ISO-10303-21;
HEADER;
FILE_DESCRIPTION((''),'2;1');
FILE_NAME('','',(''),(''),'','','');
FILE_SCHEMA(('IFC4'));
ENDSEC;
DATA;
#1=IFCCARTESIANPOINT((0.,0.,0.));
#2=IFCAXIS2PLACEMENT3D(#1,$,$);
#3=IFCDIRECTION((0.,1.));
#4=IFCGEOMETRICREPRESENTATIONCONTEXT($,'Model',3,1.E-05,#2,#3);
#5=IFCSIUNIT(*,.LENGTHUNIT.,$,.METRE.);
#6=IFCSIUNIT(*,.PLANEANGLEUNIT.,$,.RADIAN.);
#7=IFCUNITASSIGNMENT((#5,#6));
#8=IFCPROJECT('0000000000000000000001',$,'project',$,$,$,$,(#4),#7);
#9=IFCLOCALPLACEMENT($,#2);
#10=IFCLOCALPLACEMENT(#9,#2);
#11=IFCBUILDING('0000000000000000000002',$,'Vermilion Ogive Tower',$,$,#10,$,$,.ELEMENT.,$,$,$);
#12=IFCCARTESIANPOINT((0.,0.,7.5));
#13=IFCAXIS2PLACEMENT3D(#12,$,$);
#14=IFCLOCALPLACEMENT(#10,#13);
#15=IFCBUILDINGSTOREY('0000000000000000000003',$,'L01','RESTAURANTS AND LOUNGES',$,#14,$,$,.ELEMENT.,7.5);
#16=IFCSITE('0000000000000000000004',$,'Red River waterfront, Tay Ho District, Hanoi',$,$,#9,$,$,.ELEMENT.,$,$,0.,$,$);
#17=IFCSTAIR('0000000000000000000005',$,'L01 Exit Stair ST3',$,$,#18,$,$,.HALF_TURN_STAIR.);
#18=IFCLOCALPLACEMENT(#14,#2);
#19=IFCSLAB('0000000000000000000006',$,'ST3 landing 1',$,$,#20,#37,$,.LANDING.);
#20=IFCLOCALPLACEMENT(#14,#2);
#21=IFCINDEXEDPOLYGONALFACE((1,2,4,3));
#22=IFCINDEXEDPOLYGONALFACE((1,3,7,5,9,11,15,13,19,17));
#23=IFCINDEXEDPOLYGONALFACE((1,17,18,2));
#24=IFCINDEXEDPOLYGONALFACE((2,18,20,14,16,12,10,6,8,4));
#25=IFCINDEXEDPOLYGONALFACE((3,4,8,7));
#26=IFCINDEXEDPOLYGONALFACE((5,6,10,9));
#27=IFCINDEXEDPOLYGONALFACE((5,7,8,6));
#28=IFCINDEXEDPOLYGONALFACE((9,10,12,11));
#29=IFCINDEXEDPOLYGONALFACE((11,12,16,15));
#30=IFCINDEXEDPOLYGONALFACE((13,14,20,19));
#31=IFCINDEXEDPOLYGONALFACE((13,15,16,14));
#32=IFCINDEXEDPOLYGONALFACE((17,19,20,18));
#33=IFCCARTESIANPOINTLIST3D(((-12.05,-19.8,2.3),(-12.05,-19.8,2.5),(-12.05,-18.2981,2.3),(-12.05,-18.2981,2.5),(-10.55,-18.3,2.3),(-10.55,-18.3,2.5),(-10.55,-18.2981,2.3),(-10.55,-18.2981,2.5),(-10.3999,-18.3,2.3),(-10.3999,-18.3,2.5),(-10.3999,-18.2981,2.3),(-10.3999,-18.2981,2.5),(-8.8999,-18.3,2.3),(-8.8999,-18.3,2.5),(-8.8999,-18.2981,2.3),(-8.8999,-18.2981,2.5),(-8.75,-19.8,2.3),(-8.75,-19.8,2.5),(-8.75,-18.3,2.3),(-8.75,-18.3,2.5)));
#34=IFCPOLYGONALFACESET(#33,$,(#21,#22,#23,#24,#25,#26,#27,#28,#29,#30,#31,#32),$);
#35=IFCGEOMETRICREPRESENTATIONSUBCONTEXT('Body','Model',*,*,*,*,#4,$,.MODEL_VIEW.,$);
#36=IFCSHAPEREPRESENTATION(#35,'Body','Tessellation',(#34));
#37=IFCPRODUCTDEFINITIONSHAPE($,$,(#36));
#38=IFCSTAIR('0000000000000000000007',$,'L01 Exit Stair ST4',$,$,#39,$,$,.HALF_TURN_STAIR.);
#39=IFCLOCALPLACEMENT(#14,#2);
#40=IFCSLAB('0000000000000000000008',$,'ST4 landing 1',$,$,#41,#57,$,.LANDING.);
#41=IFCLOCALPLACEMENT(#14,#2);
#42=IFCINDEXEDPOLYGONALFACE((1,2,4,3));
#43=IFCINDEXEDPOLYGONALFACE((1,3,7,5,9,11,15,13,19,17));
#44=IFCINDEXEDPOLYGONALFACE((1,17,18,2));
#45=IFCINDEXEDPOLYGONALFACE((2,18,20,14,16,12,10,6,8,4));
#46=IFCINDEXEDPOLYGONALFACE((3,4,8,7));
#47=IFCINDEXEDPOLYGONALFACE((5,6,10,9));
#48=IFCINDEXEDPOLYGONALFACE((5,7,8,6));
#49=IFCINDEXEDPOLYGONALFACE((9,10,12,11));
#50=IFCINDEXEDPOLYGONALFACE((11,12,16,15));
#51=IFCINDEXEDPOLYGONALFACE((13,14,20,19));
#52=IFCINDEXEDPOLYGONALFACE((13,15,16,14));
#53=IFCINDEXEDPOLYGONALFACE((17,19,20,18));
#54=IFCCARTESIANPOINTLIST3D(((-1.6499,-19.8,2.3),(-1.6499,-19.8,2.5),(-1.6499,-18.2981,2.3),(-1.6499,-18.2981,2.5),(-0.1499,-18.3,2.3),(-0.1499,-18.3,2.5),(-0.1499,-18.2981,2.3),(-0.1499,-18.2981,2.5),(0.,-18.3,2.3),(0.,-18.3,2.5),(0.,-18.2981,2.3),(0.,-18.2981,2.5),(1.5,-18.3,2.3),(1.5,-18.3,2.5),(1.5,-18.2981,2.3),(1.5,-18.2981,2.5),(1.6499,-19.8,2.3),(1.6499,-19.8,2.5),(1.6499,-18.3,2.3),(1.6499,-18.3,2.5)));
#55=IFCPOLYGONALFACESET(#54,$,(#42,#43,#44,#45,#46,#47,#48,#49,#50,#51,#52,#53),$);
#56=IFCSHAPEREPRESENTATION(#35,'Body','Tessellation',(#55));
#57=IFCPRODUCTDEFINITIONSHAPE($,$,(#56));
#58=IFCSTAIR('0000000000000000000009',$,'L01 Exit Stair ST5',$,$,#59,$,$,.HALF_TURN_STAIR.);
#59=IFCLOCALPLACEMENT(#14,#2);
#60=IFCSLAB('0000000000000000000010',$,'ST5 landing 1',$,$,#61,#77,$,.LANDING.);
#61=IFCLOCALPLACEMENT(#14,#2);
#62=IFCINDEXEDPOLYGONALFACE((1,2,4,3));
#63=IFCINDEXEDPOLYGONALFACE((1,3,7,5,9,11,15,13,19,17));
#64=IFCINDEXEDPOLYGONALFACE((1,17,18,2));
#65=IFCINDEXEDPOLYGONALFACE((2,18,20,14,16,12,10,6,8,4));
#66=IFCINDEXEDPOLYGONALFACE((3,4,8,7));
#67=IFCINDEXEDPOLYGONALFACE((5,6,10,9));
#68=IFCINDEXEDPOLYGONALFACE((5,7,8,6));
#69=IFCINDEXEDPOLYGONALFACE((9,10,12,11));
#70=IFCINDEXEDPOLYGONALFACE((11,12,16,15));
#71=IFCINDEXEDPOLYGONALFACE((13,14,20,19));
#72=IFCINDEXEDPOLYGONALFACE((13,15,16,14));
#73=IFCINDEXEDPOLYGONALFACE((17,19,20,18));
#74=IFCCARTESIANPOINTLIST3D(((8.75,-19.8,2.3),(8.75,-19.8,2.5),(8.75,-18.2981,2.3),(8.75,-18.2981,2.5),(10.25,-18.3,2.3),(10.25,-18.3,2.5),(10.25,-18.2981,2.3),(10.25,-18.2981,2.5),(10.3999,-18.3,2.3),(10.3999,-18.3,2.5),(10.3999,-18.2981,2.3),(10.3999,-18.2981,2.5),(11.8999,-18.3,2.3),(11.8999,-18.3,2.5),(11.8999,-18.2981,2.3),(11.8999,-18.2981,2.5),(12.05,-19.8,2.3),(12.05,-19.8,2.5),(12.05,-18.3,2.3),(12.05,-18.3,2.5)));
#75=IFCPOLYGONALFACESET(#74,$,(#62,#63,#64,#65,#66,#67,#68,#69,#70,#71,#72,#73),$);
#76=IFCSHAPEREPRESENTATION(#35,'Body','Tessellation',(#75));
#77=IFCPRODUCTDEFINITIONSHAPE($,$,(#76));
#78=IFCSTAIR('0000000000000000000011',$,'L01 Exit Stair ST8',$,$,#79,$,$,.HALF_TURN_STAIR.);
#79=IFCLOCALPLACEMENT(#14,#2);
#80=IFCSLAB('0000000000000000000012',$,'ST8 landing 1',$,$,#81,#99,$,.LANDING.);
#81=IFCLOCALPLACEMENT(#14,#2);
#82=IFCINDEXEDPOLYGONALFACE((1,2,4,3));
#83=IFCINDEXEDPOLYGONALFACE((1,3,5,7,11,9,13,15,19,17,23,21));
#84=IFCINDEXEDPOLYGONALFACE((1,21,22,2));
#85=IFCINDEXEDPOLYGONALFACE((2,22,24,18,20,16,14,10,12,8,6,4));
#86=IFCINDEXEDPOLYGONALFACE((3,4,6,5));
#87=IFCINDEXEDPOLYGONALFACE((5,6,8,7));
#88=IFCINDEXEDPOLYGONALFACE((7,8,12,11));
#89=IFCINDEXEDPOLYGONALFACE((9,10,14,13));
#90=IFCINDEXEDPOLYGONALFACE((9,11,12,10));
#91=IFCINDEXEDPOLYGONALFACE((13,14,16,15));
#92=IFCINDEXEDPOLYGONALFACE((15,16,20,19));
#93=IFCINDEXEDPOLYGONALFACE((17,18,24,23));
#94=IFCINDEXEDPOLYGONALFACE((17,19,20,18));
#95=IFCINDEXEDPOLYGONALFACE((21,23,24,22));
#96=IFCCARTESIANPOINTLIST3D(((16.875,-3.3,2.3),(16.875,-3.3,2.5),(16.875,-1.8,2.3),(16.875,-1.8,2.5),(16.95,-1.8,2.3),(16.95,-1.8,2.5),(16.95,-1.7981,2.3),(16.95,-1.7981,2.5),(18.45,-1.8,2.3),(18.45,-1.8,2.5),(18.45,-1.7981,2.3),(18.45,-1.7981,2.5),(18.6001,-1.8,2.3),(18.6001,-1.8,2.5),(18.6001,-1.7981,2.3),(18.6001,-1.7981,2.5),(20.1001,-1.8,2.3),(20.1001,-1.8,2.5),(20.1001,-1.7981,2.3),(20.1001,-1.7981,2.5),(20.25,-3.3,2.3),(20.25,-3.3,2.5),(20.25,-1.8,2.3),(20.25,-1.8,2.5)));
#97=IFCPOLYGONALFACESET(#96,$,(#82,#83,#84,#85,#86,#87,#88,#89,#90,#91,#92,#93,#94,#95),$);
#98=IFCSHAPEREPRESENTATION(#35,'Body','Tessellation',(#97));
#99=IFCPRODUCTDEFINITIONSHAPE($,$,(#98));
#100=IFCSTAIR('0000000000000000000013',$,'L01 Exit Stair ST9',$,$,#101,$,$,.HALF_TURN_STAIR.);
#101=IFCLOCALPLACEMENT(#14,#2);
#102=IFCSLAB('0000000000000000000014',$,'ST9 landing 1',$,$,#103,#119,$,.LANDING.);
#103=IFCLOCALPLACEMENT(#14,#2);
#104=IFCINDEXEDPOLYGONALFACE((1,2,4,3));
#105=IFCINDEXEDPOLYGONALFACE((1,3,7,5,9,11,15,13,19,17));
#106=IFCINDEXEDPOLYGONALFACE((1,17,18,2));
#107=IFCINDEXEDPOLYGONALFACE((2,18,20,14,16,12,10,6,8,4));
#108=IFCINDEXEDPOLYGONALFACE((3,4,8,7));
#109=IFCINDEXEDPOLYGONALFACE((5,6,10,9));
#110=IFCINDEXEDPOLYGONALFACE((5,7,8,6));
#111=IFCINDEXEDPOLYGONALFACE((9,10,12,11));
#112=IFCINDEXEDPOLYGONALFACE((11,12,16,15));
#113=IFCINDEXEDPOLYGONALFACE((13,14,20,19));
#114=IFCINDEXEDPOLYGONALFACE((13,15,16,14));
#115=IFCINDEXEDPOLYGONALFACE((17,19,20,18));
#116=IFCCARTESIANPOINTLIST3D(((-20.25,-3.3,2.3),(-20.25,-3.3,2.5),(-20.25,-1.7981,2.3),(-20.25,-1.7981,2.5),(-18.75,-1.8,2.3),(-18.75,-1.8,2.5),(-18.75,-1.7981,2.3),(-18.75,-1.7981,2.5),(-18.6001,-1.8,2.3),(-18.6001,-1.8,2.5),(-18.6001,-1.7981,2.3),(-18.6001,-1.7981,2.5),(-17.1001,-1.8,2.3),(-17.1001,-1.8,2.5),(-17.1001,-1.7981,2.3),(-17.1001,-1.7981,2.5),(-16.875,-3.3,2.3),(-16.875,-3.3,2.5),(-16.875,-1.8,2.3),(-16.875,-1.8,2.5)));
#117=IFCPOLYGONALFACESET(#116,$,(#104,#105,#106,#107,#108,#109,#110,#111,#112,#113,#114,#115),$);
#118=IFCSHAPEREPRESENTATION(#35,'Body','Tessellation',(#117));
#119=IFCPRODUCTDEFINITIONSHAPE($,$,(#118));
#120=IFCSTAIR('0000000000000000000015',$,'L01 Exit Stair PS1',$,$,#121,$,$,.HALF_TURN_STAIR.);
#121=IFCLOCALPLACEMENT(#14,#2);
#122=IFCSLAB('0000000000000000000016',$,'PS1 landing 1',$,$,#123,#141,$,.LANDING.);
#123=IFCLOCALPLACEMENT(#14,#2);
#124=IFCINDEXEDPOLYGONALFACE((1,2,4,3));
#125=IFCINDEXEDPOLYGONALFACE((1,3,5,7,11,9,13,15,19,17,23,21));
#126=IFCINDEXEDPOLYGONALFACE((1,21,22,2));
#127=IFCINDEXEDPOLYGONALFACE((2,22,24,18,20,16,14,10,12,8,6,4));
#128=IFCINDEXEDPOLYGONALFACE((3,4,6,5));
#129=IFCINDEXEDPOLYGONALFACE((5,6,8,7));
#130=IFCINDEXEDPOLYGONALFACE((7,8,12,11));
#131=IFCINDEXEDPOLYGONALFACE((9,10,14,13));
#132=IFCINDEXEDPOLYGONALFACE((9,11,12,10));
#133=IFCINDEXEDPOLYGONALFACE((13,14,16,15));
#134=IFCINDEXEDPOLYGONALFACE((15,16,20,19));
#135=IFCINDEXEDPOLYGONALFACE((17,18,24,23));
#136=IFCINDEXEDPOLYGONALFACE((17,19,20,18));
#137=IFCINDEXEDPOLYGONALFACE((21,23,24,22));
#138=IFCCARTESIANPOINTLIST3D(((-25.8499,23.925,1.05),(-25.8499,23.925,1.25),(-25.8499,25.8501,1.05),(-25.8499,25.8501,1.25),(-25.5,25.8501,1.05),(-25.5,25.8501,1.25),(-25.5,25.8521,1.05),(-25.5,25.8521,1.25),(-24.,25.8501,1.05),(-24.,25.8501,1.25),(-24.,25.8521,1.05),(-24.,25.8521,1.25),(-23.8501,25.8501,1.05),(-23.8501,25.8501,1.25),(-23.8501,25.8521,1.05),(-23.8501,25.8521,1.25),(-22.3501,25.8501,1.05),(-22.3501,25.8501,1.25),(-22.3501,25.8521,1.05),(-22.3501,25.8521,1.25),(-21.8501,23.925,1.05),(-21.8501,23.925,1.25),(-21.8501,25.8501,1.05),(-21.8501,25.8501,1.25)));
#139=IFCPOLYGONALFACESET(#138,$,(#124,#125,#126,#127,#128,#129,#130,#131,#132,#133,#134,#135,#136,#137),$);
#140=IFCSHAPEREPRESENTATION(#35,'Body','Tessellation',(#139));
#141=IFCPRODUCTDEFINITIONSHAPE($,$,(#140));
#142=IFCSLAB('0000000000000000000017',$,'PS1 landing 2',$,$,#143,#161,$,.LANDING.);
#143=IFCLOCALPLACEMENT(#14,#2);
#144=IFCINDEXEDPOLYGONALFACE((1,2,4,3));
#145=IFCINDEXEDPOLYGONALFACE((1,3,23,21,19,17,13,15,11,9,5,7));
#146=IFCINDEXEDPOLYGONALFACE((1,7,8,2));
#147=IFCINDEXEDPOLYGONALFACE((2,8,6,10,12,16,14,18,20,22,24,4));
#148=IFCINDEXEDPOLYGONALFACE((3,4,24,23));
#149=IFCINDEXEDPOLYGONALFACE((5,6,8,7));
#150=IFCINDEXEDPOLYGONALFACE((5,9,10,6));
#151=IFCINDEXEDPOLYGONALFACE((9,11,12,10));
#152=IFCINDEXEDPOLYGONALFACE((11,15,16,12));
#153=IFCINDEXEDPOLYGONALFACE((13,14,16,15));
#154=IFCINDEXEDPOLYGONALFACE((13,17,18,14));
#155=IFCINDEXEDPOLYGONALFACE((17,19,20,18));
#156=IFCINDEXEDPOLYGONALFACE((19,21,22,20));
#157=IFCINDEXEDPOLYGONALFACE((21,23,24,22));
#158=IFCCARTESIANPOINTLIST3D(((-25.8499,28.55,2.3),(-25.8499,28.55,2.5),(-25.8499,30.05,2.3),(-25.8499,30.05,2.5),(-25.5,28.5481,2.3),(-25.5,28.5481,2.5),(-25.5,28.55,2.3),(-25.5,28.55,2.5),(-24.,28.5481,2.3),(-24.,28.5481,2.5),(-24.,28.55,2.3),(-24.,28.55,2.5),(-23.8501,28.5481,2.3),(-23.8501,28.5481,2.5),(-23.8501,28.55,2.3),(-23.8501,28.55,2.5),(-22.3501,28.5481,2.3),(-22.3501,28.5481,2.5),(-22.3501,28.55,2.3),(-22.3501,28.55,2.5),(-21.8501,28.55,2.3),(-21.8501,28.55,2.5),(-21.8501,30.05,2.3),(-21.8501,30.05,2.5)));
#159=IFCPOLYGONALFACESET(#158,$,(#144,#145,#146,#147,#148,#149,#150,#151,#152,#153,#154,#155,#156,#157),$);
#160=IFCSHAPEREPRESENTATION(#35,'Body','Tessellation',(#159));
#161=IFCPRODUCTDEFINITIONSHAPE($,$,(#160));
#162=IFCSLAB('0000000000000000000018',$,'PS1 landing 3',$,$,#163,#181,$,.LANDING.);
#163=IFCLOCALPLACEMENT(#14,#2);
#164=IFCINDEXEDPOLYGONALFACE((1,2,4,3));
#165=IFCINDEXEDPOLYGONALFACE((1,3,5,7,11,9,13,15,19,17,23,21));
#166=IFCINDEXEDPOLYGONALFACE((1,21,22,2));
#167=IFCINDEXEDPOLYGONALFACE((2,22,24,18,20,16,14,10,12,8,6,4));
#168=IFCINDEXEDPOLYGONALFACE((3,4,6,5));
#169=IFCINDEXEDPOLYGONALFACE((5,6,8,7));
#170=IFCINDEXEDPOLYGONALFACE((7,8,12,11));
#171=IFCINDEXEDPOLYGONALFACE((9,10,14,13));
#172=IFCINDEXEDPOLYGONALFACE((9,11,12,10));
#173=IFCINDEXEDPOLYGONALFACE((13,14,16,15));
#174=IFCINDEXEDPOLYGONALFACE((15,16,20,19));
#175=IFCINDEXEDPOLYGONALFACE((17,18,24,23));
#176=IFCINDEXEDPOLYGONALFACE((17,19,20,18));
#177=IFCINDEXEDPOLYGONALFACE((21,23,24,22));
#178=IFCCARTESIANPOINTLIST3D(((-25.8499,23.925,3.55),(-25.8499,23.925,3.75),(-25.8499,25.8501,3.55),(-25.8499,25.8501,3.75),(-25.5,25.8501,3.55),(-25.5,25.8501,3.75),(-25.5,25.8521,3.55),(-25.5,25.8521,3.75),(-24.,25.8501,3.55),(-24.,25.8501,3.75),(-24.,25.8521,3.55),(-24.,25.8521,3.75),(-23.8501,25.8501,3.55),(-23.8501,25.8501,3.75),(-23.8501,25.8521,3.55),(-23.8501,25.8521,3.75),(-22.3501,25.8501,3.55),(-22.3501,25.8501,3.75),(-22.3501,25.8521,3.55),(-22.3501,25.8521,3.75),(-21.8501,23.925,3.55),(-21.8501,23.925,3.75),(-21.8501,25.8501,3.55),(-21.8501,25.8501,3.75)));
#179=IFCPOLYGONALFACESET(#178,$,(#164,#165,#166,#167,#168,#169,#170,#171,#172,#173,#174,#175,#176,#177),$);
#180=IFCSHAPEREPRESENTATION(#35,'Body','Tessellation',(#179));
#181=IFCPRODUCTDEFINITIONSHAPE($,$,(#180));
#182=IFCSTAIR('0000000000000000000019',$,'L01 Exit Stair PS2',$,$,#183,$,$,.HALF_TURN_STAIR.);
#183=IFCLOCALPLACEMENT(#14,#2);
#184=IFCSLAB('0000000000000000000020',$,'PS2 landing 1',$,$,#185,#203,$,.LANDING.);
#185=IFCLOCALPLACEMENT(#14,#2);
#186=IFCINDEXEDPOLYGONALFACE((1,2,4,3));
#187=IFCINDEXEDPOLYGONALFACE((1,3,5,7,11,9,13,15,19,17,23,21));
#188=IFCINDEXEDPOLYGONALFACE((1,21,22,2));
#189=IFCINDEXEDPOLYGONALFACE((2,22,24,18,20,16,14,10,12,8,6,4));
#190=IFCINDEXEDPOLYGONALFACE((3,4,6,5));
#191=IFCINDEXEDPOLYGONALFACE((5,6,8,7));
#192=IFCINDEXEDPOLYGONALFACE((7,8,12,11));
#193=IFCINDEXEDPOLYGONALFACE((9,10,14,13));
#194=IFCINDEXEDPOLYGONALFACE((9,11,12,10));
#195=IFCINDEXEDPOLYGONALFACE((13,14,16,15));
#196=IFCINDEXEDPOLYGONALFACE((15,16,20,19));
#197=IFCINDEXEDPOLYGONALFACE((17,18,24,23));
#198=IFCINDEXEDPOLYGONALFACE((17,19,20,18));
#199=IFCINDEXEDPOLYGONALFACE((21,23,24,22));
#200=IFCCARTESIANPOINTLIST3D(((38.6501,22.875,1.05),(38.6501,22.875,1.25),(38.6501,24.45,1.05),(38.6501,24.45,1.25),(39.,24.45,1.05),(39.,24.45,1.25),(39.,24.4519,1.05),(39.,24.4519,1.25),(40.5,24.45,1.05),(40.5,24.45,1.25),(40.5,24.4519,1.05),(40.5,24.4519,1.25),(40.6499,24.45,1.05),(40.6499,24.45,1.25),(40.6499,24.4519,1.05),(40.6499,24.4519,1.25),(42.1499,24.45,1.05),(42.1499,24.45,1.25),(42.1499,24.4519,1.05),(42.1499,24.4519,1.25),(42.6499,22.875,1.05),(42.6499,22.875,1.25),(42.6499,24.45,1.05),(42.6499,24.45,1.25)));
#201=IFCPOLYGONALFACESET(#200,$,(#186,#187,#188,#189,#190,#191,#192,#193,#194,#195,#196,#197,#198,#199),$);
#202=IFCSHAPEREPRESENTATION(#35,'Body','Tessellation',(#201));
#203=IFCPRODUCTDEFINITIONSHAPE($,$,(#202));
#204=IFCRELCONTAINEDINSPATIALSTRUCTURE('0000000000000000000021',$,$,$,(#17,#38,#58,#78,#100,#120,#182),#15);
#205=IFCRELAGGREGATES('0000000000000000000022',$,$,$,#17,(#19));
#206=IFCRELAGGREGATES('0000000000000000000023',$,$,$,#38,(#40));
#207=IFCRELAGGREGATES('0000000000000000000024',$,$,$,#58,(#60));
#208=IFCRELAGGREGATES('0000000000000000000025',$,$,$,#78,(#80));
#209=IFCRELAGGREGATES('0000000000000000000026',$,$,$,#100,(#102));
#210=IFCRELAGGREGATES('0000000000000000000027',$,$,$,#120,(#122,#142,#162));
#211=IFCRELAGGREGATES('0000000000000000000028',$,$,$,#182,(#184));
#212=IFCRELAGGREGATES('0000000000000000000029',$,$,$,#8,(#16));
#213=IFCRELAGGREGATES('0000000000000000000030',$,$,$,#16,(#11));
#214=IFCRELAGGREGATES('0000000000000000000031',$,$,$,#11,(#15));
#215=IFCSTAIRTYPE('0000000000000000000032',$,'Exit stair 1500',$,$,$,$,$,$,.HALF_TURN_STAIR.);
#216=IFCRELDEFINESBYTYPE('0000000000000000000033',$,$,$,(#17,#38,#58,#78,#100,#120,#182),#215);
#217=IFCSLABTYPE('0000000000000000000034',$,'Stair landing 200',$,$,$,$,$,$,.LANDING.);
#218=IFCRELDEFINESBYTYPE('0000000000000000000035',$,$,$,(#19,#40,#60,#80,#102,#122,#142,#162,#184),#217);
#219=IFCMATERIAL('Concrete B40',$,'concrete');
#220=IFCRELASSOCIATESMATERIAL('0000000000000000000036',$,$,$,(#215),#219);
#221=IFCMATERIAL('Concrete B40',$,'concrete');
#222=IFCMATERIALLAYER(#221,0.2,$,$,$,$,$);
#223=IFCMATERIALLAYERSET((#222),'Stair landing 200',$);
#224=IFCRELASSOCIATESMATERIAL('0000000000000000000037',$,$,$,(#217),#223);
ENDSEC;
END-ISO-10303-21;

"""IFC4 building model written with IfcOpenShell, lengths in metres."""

from ifc_helpers import new_model, si_unit, direction, frame, origin, place, context, subcontext, project, spatial, polyline, outline, extrude, material, layer, layer_set, type_object, element, aggregate, save


model = new_model("IFC4")

# Units and contexts
model_context = context("Model", 3, precision=1e-05, world=origin(), true_north=direction((0.0, 1.0)))
body_context = subcontext(model_context, "Body", "Model", "MODEL_VIEW")
ifc_project = project(units=[si_unit("LENGTHUNIT", "METRE"), si_unit("PLANEANGLEUNIT", "RADIAN")], contexts=[model_context])

# Site, building, storey
site_placement = place(None, origin())
site = spatial("IfcSite", under=ifc_project, at=site_placement, Name="Red River waterfront, Tay Ho District, Hanoi", CompositionType="ELEMENT", RefElevation=0.0)
building_placement = place(site_placement, origin())
building = spatial("IfcBuilding", under=site, at=building_placement, Name="Vermilion Ogive Tower", CompositionType="ELEMENT")
storey_placement = place(building_placement, frame((0.0, 0.0, 7.5)))
storey = spatial("IfcBuildingStorey", under=building, at=storey_placement, Name="L01", Description="RESTAURANTS AND LOUNGES", CompositionType="ELEMENT", Elevation=7.5)

# Stairs, slabs
ifc_material_1 = material(Name="Concrete B40", Category="concrete")
stair_type = type_object("IfcStairType", Name="Exit stair 1500", PredefinedType="HALF_TURN_STAIR", material=ifc_material_1)
stair_1_placement = place(storey_placement, origin())
stair_1 = element("IfcStair", 1, at=stair_1_placement, inside=storey, type_object=stair_type, Name="L01 Exit Stair ST3", PredefinedType="HALF_TURN_STAIR")
ifc_material_2 = material(Name="Concrete B40", Category="concrete")
ifc_layer_1 = layer(ifc_material_2, 0.2)
ifc_layer_set_1 = layer_set([ifc_layer_1], Name="Stair landing 200")
slab_type = type_object("IfcSlabType", Name="Stair landing 200", PredefinedType="LANDING", material=ifc_layer_set_1)
slab_1_placement = place(storey_placement, frame((0.0, 0.0, 2.3)))
slab_1 = element("IfcSlab", 2, at=slab_1_placement, type_object=slab_type, Name="ST3 landing 1", PredefinedType="LANDING", context=body_context, shape_type="SweptSolid", body=[
    extrude(outline(polyline([(-8.75, -18.3), (-8.8999, -18.3), (-8.8999, -18.2981), (-10.3999, -18.2981), (-10.3999, -18.3), (-10.55, -18.3), (-10.55, -18.2981), (-12.05, -18.2981), (-12.05, -19.8), (-8.75, -19.8), (-8.75, -18.3)])), origin(), (0.0, 0.0, 1.0), 0.2),
])
aggregate(stair_1, [slab_1])
stair_2_placement = place(storey_placement, origin())
stair_2 = element("IfcStair", 3, at=stair_2_placement, inside=storey, type_object=stair_type, Name="L01 Exit Stair ST4", PredefinedType="HALF_TURN_STAIR")
slab_2_placement = place(storey_placement, frame((0.0, 0.0, 2.3)))
slab_2 = element("IfcSlab", 4, at=slab_2_placement, type_object=slab_type, Name="ST4 landing 1", PredefinedType="LANDING", context=body_context, shape_type="SweptSolid", body=[
    extrude(outline(polyline([(1.6499, -18.3), (1.5, -18.3), (1.5, -18.2981), (0.0, -18.2981), (0.0, -18.3), (-0.1499, -18.3), (-0.1499, -18.2981), (-1.6499, -18.2981), (-1.6499, -19.8), (1.6499, -19.8), (1.6499, -18.3)])), origin(), (0.0, 0.0, 1.0), 0.2),
])
aggregate(stair_2, [slab_2])
stair_3_placement = place(storey_placement, origin())
stair_3 = element("IfcStair", 5, at=stair_3_placement, inside=storey, type_object=stair_type, Name="L01 Exit Stair ST5", PredefinedType="HALF_TURN_STAIR")
slab_3_placement = place(storey_placement, frame((0.0, 0.0, 2.3)))
slab_3 = element("IfcSlab", 6, at=slab_3_placement, type_object=slab_type, Name="ST5 landing 1", PredefinedType="LANDING", context=body_context, shape_type="SweptSolid", body=[
    extrude(outline(polyline([(12.05, -18.3), (11.8999, -18.3), (11.8999, -18.2981), (10.3999, -18.2981), (10.3999, -18.3), (10.25, -18.3), (10.25, -18.2981), (8.75, -18.2981), (8.75, -19.8), (12.05, -19.8), (12.05, -18.3)])), origin(), (0.0, 0.0, 1.0), 0.2),
])
aggregate(stair_3, [slab_3])
stair_4_placement = place(storey_placement, origin())
stair_4 = element("IfcStair", 7, at=stair_4_placement, inside=storey, type_object=stair_type, Name="L01 Exit Stair ST8", PredefinedType="HALF_TURN_STAIR")
slab_4_placement = place(storey_placement, frame((0.0, 0.0, 2.3)))
slab_4 = element("IfcSlab", 8, at=slab_4_placement, type_object=slab_type, Name="ST8 landing 1", PredefinedType="LANDING", context=body_context, shape_type="SweptSolid", body=[
    extrude(outline(polyline([(20.25, -1.8), (20.1001, -1.8), (20.1001, -1.7981), (18.6001, -1.7981), (18.6001, -1.8), (18.45, -1.8), (18.45, -1.7981), (16.95, -1.7981), (16.95, -1.8), (16.875, -1.8), (16.875, -3.3), (20.25, -3.3), (20.25, -1.8)])), origin(), (0.0, 0.0, 1.0), 0.2),
])
aggregate(stair_4, [slab_4])
stair_5_placement = place(storey_placement, origin())
stair_5 = element("IfcStair", 9, at=stair_5_placement, inside=storey, type_object=stair_type, Name="L01 Exit Stair ST9", PredefinedType="HALF_TURN_STAIR")
slab_5_placement = place(storey_placement, frame((0.0, 0.0, 2.3)))
slab_5 = element("IfcSlab", 10, at=slab_5_placement, type_object=slab_type, Name="ST9 landing 1", PredefinedType="LANDING", context=body_context, shape_type="SweptSolid", body=[
    extrude(outline(polyline([(-16.875, -1.8), (-17.1001, -1.8), (-17.1001, -1.7981), (-18.6001, -1.7981), (-18.6001, -1.8), (-18.75, -1.8), (-18.75, -1.7981), (-20.25, -1.7981), (-20.25, -3.3), (-16.875, -3.3), (-16.875, -1.8)])), origin(), (0.0, 0.0, 1.0), 0.2),
])
aggregate(stair_5, [slab_5])

# Stairs, slabs
stair_6_placement = place(storey_placement, origin())
stair_6 = element("IfcStair", 11, at=stair_6_placement, inside=storey, type_object=stair_type, Name="L01 Exit Stair PS1", PredefinedType="HALF_TURN_STAIR")
slab_6_placement = place(storey_placement, frame((0.0, 0.0, 1.05)))
slab_6 = element("IfcSlab", 12, at=slab_6_placement, type_object=slab_type, Name="PS1 landing 1", PredefinedType="LANDING", context=body_context, shape_type="SweptSolid", body=[
    extrude(outline(polyline([(-21.8501, 25.8501), (-22.3501, 25.8501), (-22.3501, 25.8521), (-23.8501, 25.8521), (-23.8501, 25.8501), (-24.0, 25.8501), (-24.0, 25.8521), (-25.5, 25.8521), (-25.5, 25.8501), (-25.8499, 25.8501), (-25.8499, 23.925), (-21.8501, 23.925), (-21.8501, 25.8501)])), origin(), (0.0, 0.0, 1.0), 0.2),
])
slab_7_placement = place(storey_placement, frame((0.0, 0.0, 2.3)))
slab_7 = element("IfcSlab", 13, at=slab_7_placement, type_object=slab_type, Name="PS1 landing 2", PredefinedType="LANDING", context=body_context, shape_type="SweptSolid", body=[
    extrude(outline(polyline([(-25.8499, 28.55), (-25.5, 28.55), (-25.5, 28.5481), (-24.0, 28.5481), (-24.0, 28.55), (-23.8501, 28.55), (-23.8501, 28.5481), (-22.3501, 28.5481), (-22.3501, 28.55), (-21.8501, 28.55), (-21.8501, 30.05), (-25.8499, 30.05), (-25.8499, 28.55)])), origin(), (0.0, 0.0, 1.0), 0.2),
])
slab_8_placement = place(storey_placement, frame((0.0, 0.0, 3.55)))
slab_8 = element("IfcSlab", 14, at=slab_8_placement, type_object=slab_type, Name="PS1 landing 3", PredefinedType="LANDING", context=body_context, shape_type="SweptSolid", body=[
    extrude(outline(polyline([(-21.8501, 25.8501), (-22.3501, 25.8501), (-22.3501, 25.8521), (-23.8501, 25.8521), (-23.8501, 25.8501), (-24.0, 25.8501), (-24.0, 25.8521), (-25.5, 25.8521), (-25.5, 25.8501), (-25.8499, 25.8501), (-25.8499, 23.925), (-21.8501, 23.925), (-21.8501, 25.8501)])), origin(), (0.0, 0.0, 1.0), 0.2),
])
aggregate(stair_6, [slab_6, slab_7, slab_8])
stair_7_placement = place(storey_placement, origin())
stair_7 = element("IfcStair", 15, at=stair_7_placement, inside=storey, type_object=stair_type, Name="L01 Exit Stair PS2", PredefinedType="HALF_TURN_STAIR")
slab_9_placement = place(storey_placement, frame((0.0, 0.0, 1.05)))
slab_9 = element("IfcSlab", 16, at=slab_9_placement, type_object=slab_type, Name="PS2 landing 1", PredefinedType="LANDING", context=body_context, shape_type="SweptSolid", body=[
    extrude(outline(polyline([(42.6499, 24.45), (42.1499, 24.45), (42.1499, 24.4519), (40.6499, 24.4519), (40.6499, 24.45), (40.5, 24.45), (40.5, 24.4519), (39.0, 24.4519), (39.0, 24.45), (38.6501, 24.45), (38.6501, 22.875), (42.6499, 22.875), (42.6499, 24.45)])), origin(), (0.0, 0.0, 1.0), 0.2),
])
aggregate(stair_7, [slab_9])

save(model, "model.ifc")
